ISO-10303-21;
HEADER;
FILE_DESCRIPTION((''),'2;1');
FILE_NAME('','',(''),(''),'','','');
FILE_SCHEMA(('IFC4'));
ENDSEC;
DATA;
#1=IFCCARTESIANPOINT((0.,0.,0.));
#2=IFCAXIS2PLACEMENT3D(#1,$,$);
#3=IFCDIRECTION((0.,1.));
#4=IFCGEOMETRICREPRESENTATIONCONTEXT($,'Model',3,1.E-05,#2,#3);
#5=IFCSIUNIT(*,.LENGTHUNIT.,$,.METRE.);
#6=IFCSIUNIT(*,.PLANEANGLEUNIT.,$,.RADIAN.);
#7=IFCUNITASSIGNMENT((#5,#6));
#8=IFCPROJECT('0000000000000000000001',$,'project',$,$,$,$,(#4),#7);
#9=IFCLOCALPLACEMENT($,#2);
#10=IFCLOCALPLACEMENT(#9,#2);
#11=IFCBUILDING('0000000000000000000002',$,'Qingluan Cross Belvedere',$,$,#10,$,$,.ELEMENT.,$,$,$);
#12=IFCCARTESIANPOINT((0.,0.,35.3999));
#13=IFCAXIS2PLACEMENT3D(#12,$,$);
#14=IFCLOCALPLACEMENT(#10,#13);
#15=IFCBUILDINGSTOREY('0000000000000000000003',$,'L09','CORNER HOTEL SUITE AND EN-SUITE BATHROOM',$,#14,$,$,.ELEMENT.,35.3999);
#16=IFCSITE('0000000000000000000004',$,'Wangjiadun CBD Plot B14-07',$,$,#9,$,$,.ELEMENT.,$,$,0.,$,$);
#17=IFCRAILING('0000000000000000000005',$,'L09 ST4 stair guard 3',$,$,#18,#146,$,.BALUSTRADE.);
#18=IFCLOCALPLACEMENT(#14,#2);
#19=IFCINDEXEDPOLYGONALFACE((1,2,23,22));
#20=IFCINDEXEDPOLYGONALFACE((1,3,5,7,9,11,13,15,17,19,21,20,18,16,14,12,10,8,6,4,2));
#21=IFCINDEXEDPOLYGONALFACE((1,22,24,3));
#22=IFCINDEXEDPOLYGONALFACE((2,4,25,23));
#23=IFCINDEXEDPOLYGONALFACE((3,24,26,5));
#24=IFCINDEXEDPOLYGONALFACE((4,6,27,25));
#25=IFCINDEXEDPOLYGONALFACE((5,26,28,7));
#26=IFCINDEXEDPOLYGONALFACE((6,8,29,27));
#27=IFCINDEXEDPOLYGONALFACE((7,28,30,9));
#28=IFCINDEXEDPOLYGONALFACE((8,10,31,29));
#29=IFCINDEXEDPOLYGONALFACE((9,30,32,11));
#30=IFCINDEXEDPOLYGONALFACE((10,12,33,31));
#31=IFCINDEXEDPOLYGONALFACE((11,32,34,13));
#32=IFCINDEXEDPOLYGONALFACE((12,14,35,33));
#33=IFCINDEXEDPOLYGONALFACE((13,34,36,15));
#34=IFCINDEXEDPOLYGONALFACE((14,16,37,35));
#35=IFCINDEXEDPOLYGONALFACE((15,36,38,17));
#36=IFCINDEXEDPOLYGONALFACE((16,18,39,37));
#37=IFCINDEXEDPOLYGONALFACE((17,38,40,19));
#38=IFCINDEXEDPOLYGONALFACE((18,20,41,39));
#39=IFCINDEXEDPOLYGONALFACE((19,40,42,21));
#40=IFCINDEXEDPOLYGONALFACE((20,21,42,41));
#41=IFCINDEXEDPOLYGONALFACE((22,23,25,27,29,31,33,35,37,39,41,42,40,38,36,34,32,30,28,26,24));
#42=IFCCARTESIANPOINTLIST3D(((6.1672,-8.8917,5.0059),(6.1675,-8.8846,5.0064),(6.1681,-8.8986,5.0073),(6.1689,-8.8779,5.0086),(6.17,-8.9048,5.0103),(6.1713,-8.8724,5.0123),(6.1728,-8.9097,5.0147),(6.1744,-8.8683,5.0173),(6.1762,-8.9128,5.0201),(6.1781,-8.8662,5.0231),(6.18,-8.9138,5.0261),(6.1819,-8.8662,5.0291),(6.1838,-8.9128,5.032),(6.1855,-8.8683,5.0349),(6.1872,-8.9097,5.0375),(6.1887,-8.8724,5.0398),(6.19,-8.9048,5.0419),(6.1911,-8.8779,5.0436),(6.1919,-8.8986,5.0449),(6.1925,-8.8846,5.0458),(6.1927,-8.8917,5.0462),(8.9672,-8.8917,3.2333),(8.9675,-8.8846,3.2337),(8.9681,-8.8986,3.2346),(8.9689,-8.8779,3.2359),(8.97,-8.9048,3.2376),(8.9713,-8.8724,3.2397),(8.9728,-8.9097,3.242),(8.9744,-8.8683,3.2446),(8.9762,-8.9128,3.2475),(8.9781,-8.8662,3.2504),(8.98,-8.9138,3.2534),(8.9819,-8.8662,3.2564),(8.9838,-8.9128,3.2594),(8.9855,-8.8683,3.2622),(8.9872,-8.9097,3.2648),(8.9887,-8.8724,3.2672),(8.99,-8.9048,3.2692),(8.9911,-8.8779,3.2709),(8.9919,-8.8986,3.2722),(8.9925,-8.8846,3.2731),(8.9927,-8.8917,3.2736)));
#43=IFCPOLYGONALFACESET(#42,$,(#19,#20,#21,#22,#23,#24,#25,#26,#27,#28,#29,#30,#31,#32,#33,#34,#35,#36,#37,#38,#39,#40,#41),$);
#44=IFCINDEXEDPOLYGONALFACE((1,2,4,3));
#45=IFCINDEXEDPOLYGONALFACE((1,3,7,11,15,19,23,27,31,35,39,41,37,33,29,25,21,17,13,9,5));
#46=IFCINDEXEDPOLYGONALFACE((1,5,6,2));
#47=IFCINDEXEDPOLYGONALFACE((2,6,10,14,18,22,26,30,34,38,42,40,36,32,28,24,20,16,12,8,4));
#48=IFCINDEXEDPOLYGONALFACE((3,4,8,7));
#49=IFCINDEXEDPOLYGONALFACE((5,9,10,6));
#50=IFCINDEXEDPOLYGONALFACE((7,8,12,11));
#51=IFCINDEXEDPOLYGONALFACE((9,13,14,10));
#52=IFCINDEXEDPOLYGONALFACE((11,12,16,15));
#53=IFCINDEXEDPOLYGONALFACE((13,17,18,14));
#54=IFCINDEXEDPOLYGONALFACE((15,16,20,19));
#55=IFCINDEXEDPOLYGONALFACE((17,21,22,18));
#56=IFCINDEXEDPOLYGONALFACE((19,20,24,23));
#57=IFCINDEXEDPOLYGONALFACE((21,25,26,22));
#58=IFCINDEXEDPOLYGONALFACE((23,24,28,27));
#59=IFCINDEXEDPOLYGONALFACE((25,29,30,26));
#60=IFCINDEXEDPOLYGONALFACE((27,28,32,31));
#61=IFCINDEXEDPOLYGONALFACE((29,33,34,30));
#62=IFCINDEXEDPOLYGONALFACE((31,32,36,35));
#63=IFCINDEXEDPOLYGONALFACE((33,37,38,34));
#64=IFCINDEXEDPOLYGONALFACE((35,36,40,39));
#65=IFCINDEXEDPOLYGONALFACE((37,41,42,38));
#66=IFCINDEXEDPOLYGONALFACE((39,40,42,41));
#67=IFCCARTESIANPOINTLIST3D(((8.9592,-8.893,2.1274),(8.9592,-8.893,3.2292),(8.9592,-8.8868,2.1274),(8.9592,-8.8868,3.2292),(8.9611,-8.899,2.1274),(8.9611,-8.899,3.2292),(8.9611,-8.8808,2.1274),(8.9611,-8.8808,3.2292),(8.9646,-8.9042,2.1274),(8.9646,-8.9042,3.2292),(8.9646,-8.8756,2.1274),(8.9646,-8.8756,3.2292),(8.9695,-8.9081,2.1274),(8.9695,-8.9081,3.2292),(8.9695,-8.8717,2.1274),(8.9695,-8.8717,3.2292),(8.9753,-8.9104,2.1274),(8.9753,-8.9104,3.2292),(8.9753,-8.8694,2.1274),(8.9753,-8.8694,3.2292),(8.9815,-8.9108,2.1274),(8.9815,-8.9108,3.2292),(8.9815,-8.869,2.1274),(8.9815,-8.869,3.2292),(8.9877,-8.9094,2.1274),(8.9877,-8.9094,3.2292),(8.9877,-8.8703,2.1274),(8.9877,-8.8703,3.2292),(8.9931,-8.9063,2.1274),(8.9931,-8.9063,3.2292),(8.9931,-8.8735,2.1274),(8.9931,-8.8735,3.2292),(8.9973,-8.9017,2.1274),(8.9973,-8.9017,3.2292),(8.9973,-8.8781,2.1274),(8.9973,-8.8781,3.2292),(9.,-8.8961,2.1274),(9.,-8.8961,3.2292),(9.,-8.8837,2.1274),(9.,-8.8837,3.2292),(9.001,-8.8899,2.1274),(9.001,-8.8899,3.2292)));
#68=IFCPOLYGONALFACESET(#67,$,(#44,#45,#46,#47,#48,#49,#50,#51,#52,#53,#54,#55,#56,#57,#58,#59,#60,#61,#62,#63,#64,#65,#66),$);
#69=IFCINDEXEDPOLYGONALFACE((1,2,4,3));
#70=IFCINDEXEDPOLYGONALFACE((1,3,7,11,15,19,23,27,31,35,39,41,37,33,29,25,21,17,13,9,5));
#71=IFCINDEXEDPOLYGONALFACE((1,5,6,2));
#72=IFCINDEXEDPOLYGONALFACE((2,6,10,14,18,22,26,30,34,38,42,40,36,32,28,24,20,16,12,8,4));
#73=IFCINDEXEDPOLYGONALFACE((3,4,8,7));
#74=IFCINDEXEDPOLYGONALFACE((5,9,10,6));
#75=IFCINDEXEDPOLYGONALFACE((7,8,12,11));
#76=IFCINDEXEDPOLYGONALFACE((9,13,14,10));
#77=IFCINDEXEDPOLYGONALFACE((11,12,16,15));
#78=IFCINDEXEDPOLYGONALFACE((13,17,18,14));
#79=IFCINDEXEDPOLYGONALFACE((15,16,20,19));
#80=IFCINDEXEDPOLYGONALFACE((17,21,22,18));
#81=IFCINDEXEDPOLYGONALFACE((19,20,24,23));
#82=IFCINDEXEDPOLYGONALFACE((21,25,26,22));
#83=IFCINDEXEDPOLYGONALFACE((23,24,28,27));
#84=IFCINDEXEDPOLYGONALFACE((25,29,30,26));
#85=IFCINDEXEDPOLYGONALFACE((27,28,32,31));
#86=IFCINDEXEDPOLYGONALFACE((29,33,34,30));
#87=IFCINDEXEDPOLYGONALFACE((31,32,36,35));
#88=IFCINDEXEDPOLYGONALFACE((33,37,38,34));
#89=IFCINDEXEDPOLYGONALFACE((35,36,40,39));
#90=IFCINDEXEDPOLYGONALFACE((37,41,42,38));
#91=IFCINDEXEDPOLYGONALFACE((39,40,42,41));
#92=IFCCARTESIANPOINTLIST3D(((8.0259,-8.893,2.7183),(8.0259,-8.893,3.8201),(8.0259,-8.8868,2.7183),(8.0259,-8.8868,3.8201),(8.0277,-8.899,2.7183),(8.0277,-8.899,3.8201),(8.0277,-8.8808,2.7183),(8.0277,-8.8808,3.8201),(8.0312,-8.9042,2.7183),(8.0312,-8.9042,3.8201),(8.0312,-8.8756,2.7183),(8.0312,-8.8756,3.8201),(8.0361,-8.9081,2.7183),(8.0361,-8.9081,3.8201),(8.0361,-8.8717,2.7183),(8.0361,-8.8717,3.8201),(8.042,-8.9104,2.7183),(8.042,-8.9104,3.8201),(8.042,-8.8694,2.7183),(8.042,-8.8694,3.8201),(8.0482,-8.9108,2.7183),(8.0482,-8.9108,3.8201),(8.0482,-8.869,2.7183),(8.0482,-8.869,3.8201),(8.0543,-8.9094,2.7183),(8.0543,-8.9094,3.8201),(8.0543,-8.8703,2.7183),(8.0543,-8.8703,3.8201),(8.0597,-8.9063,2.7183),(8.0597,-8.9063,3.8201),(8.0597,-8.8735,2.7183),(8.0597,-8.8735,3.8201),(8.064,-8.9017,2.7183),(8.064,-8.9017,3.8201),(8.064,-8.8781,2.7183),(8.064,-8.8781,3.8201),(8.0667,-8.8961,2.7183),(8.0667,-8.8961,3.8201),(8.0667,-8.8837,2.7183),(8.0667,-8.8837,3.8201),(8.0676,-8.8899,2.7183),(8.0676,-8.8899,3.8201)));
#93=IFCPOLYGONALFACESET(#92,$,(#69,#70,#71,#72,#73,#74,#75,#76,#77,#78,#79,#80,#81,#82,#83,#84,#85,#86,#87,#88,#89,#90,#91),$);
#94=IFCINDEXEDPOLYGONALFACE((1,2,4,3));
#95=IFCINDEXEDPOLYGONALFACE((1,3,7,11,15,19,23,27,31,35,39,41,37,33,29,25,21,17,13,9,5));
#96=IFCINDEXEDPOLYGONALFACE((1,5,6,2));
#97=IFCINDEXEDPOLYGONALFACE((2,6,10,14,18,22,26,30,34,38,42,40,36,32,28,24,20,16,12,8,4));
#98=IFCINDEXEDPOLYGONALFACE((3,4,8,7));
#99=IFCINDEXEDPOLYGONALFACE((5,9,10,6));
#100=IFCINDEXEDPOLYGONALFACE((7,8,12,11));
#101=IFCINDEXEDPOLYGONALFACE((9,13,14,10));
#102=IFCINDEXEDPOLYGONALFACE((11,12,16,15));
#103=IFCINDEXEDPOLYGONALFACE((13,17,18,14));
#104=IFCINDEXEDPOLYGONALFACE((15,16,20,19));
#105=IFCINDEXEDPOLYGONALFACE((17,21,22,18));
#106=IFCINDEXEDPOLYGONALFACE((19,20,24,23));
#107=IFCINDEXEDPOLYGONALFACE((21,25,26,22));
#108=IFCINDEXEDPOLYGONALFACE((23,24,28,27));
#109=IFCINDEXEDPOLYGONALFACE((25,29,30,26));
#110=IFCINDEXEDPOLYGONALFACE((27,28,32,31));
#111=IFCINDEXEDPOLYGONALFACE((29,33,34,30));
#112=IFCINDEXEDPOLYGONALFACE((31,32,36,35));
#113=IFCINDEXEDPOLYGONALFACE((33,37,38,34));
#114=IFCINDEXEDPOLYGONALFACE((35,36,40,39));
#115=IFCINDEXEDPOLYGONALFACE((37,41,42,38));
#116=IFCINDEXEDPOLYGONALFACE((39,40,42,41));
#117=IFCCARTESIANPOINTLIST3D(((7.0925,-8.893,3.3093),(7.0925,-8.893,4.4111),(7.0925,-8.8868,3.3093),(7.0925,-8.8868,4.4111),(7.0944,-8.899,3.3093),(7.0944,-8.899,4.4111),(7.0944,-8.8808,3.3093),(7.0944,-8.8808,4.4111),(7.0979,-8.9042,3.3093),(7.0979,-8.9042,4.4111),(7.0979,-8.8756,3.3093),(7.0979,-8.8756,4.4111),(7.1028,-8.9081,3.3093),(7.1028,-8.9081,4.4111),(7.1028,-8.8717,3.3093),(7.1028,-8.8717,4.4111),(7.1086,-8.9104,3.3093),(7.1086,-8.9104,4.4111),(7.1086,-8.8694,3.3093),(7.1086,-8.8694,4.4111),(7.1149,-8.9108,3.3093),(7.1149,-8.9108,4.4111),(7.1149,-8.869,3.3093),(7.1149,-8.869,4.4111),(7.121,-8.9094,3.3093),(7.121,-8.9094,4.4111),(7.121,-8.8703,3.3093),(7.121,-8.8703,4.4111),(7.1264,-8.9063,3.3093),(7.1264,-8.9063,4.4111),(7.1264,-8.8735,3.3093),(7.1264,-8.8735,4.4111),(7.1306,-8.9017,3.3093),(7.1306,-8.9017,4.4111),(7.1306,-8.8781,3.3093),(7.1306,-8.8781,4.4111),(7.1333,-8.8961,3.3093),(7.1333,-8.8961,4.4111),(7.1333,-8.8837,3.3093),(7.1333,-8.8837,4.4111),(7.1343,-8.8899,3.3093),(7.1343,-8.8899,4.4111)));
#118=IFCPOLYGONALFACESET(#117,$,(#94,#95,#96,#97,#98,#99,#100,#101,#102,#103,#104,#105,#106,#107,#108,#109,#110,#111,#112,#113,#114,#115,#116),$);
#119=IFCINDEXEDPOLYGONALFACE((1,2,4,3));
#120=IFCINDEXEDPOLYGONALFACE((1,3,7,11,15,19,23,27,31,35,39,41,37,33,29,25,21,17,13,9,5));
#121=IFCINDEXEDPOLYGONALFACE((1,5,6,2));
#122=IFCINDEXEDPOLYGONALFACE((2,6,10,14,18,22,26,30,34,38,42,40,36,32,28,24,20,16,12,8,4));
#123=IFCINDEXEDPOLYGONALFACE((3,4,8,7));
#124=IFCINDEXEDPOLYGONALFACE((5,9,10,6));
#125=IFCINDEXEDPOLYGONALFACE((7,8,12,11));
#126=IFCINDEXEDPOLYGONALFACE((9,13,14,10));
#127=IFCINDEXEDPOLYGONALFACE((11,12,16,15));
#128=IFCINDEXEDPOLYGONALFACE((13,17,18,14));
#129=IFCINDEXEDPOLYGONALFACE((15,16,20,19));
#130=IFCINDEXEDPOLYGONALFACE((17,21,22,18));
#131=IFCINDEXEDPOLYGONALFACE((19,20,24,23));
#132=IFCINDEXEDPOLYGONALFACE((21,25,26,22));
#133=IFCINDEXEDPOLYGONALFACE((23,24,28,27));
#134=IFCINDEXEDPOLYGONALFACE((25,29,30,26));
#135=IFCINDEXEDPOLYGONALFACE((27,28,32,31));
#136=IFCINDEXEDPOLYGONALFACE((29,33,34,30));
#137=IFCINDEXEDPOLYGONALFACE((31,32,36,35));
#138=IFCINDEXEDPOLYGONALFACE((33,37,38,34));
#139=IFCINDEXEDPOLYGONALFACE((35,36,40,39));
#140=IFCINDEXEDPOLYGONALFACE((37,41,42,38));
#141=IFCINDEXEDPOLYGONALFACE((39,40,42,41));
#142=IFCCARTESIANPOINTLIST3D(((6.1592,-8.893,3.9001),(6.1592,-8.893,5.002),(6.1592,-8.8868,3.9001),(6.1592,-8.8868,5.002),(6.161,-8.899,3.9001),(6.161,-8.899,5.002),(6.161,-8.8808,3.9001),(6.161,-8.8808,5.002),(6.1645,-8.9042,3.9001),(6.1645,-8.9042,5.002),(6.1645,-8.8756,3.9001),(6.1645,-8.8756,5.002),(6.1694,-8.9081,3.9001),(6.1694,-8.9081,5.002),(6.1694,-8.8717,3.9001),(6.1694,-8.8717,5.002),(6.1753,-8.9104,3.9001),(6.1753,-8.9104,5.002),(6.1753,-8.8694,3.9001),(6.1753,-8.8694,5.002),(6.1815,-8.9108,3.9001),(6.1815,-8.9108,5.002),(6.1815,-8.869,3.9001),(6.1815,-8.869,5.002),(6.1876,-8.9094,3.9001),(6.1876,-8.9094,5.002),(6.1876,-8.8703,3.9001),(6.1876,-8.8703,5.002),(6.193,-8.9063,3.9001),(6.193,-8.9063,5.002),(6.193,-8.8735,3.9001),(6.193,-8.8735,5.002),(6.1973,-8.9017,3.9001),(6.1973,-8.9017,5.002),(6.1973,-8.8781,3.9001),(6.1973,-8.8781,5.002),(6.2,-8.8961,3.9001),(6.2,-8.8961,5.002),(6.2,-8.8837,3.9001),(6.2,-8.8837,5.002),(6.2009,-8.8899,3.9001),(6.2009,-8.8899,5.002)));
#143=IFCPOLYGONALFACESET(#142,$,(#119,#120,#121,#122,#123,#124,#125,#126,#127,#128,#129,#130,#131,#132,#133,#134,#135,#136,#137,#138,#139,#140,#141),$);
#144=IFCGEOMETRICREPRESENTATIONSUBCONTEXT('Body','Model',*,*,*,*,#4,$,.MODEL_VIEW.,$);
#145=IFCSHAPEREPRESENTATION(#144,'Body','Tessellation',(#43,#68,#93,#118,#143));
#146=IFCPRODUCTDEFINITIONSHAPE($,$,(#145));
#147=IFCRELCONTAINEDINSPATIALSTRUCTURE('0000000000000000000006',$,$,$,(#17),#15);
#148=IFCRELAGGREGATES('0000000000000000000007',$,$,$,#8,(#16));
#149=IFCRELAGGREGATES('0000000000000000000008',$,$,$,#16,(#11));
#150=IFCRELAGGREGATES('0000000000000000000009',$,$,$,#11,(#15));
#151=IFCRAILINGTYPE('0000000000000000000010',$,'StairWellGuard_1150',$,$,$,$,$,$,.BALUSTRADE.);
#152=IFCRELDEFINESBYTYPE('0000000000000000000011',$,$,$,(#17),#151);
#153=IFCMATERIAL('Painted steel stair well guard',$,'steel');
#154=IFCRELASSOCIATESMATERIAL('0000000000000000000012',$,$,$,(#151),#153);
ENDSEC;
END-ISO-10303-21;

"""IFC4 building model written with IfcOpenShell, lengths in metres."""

from ifc_helpers import new_model, si_unit, direction, frame, origin, origin_2d, place, context, subcontext, project, spatial, circle, extrude, material, type_object, element, save


model = new_model("IFC4")

# Units and contexts
model_context = context("Model", 3, precision=1e-05, world=origin(), true_north=direction((0.0, 1.0)))
body_context = subcontext(model_context, "Body", "Model", "MODEL_VIEW")
ifc_project = project(units=[si_unit("LENGTHUNIT", "METRE"), si_unit("PLANEANGLEUNIT", "RADIAN")], contexts=[model_context])

# Site, building, storey
site_placement = place(None, origin())
site = spatial("IfcSite", under=ifc_project, at=site_placement, Name="Wangjiadun CBD Plot B14-07", CompositionType="ELEMENT", RefElevation=0.0)
building_placement = place(site_placement, origin())
building = spatial("IfcBuilding", under=site, at=building_placement, Name="Qingluan Cross Belvedere", CompositionType="ELEMENT")
storey_placement = place(building_placement, frame((0.0, 0.0, 35.3999)))
storey = spatial("IfcBuildingStorey", under=building, at=storey_placement, Name="L09", Description="CORNER HOTEL SUITE AND EN-SUITE BATHROOM", CompositionType="ELEMENT", Elevation=35.3999)

# Railing
ifc_material_1 = material(Name="Painted steel stair well guard", Category="steel")
railing_type_1 = type_object("IfcRailingType", Name="StairWellGuard_1150", PredefinedType="BALUSTRADE", material=ifc_material_1)
railing_1_placement = place(storey_placement, frame((8.98, -8.8899, 2.1274)))
element("IfcRailing", 1, at=railing_1_placement, inside=storey, type_object=railing_type_1, Name="L09 ST4 stair guard 3", PredefinedType="BALUSTRADE", context=body_context, shape_type="SweptSolid", body=[
    extrude(circle(Radius=0.0239, at=origin_2d()), frame((0.0, 0.0, 1.126), z_axis=(-0.844909, 0.0, 0.53491), x_axis=(0.0, -1.0, 0.0)), (0.0, 0.0, 1.0), 3.314),
    extrude(circle(Radius=0.021, at=origin_2d()), origin(), (0.0, 0.0, 1.0), 1.1018),
    extrude(circle(Radius=0.021, at=origin_2d()), frame((-0.9333, 0.0, 0.5908)), (0.0, 0.0, 1.0), 1.1018),
    extrude(circle(Radius=0.021, at=origin_2d()), frame((-1.8667, 0.0, 1.1819)), (0.0, 0.0, 1.0), 1.1018),
    extrude(circle(Radius=0.021, at=origin_2d()), frame((-2.8, 0.0, 1.7727)), (0.0, 0.0, 1.0), 1.1018),
])

save(model, "model.ifc")
